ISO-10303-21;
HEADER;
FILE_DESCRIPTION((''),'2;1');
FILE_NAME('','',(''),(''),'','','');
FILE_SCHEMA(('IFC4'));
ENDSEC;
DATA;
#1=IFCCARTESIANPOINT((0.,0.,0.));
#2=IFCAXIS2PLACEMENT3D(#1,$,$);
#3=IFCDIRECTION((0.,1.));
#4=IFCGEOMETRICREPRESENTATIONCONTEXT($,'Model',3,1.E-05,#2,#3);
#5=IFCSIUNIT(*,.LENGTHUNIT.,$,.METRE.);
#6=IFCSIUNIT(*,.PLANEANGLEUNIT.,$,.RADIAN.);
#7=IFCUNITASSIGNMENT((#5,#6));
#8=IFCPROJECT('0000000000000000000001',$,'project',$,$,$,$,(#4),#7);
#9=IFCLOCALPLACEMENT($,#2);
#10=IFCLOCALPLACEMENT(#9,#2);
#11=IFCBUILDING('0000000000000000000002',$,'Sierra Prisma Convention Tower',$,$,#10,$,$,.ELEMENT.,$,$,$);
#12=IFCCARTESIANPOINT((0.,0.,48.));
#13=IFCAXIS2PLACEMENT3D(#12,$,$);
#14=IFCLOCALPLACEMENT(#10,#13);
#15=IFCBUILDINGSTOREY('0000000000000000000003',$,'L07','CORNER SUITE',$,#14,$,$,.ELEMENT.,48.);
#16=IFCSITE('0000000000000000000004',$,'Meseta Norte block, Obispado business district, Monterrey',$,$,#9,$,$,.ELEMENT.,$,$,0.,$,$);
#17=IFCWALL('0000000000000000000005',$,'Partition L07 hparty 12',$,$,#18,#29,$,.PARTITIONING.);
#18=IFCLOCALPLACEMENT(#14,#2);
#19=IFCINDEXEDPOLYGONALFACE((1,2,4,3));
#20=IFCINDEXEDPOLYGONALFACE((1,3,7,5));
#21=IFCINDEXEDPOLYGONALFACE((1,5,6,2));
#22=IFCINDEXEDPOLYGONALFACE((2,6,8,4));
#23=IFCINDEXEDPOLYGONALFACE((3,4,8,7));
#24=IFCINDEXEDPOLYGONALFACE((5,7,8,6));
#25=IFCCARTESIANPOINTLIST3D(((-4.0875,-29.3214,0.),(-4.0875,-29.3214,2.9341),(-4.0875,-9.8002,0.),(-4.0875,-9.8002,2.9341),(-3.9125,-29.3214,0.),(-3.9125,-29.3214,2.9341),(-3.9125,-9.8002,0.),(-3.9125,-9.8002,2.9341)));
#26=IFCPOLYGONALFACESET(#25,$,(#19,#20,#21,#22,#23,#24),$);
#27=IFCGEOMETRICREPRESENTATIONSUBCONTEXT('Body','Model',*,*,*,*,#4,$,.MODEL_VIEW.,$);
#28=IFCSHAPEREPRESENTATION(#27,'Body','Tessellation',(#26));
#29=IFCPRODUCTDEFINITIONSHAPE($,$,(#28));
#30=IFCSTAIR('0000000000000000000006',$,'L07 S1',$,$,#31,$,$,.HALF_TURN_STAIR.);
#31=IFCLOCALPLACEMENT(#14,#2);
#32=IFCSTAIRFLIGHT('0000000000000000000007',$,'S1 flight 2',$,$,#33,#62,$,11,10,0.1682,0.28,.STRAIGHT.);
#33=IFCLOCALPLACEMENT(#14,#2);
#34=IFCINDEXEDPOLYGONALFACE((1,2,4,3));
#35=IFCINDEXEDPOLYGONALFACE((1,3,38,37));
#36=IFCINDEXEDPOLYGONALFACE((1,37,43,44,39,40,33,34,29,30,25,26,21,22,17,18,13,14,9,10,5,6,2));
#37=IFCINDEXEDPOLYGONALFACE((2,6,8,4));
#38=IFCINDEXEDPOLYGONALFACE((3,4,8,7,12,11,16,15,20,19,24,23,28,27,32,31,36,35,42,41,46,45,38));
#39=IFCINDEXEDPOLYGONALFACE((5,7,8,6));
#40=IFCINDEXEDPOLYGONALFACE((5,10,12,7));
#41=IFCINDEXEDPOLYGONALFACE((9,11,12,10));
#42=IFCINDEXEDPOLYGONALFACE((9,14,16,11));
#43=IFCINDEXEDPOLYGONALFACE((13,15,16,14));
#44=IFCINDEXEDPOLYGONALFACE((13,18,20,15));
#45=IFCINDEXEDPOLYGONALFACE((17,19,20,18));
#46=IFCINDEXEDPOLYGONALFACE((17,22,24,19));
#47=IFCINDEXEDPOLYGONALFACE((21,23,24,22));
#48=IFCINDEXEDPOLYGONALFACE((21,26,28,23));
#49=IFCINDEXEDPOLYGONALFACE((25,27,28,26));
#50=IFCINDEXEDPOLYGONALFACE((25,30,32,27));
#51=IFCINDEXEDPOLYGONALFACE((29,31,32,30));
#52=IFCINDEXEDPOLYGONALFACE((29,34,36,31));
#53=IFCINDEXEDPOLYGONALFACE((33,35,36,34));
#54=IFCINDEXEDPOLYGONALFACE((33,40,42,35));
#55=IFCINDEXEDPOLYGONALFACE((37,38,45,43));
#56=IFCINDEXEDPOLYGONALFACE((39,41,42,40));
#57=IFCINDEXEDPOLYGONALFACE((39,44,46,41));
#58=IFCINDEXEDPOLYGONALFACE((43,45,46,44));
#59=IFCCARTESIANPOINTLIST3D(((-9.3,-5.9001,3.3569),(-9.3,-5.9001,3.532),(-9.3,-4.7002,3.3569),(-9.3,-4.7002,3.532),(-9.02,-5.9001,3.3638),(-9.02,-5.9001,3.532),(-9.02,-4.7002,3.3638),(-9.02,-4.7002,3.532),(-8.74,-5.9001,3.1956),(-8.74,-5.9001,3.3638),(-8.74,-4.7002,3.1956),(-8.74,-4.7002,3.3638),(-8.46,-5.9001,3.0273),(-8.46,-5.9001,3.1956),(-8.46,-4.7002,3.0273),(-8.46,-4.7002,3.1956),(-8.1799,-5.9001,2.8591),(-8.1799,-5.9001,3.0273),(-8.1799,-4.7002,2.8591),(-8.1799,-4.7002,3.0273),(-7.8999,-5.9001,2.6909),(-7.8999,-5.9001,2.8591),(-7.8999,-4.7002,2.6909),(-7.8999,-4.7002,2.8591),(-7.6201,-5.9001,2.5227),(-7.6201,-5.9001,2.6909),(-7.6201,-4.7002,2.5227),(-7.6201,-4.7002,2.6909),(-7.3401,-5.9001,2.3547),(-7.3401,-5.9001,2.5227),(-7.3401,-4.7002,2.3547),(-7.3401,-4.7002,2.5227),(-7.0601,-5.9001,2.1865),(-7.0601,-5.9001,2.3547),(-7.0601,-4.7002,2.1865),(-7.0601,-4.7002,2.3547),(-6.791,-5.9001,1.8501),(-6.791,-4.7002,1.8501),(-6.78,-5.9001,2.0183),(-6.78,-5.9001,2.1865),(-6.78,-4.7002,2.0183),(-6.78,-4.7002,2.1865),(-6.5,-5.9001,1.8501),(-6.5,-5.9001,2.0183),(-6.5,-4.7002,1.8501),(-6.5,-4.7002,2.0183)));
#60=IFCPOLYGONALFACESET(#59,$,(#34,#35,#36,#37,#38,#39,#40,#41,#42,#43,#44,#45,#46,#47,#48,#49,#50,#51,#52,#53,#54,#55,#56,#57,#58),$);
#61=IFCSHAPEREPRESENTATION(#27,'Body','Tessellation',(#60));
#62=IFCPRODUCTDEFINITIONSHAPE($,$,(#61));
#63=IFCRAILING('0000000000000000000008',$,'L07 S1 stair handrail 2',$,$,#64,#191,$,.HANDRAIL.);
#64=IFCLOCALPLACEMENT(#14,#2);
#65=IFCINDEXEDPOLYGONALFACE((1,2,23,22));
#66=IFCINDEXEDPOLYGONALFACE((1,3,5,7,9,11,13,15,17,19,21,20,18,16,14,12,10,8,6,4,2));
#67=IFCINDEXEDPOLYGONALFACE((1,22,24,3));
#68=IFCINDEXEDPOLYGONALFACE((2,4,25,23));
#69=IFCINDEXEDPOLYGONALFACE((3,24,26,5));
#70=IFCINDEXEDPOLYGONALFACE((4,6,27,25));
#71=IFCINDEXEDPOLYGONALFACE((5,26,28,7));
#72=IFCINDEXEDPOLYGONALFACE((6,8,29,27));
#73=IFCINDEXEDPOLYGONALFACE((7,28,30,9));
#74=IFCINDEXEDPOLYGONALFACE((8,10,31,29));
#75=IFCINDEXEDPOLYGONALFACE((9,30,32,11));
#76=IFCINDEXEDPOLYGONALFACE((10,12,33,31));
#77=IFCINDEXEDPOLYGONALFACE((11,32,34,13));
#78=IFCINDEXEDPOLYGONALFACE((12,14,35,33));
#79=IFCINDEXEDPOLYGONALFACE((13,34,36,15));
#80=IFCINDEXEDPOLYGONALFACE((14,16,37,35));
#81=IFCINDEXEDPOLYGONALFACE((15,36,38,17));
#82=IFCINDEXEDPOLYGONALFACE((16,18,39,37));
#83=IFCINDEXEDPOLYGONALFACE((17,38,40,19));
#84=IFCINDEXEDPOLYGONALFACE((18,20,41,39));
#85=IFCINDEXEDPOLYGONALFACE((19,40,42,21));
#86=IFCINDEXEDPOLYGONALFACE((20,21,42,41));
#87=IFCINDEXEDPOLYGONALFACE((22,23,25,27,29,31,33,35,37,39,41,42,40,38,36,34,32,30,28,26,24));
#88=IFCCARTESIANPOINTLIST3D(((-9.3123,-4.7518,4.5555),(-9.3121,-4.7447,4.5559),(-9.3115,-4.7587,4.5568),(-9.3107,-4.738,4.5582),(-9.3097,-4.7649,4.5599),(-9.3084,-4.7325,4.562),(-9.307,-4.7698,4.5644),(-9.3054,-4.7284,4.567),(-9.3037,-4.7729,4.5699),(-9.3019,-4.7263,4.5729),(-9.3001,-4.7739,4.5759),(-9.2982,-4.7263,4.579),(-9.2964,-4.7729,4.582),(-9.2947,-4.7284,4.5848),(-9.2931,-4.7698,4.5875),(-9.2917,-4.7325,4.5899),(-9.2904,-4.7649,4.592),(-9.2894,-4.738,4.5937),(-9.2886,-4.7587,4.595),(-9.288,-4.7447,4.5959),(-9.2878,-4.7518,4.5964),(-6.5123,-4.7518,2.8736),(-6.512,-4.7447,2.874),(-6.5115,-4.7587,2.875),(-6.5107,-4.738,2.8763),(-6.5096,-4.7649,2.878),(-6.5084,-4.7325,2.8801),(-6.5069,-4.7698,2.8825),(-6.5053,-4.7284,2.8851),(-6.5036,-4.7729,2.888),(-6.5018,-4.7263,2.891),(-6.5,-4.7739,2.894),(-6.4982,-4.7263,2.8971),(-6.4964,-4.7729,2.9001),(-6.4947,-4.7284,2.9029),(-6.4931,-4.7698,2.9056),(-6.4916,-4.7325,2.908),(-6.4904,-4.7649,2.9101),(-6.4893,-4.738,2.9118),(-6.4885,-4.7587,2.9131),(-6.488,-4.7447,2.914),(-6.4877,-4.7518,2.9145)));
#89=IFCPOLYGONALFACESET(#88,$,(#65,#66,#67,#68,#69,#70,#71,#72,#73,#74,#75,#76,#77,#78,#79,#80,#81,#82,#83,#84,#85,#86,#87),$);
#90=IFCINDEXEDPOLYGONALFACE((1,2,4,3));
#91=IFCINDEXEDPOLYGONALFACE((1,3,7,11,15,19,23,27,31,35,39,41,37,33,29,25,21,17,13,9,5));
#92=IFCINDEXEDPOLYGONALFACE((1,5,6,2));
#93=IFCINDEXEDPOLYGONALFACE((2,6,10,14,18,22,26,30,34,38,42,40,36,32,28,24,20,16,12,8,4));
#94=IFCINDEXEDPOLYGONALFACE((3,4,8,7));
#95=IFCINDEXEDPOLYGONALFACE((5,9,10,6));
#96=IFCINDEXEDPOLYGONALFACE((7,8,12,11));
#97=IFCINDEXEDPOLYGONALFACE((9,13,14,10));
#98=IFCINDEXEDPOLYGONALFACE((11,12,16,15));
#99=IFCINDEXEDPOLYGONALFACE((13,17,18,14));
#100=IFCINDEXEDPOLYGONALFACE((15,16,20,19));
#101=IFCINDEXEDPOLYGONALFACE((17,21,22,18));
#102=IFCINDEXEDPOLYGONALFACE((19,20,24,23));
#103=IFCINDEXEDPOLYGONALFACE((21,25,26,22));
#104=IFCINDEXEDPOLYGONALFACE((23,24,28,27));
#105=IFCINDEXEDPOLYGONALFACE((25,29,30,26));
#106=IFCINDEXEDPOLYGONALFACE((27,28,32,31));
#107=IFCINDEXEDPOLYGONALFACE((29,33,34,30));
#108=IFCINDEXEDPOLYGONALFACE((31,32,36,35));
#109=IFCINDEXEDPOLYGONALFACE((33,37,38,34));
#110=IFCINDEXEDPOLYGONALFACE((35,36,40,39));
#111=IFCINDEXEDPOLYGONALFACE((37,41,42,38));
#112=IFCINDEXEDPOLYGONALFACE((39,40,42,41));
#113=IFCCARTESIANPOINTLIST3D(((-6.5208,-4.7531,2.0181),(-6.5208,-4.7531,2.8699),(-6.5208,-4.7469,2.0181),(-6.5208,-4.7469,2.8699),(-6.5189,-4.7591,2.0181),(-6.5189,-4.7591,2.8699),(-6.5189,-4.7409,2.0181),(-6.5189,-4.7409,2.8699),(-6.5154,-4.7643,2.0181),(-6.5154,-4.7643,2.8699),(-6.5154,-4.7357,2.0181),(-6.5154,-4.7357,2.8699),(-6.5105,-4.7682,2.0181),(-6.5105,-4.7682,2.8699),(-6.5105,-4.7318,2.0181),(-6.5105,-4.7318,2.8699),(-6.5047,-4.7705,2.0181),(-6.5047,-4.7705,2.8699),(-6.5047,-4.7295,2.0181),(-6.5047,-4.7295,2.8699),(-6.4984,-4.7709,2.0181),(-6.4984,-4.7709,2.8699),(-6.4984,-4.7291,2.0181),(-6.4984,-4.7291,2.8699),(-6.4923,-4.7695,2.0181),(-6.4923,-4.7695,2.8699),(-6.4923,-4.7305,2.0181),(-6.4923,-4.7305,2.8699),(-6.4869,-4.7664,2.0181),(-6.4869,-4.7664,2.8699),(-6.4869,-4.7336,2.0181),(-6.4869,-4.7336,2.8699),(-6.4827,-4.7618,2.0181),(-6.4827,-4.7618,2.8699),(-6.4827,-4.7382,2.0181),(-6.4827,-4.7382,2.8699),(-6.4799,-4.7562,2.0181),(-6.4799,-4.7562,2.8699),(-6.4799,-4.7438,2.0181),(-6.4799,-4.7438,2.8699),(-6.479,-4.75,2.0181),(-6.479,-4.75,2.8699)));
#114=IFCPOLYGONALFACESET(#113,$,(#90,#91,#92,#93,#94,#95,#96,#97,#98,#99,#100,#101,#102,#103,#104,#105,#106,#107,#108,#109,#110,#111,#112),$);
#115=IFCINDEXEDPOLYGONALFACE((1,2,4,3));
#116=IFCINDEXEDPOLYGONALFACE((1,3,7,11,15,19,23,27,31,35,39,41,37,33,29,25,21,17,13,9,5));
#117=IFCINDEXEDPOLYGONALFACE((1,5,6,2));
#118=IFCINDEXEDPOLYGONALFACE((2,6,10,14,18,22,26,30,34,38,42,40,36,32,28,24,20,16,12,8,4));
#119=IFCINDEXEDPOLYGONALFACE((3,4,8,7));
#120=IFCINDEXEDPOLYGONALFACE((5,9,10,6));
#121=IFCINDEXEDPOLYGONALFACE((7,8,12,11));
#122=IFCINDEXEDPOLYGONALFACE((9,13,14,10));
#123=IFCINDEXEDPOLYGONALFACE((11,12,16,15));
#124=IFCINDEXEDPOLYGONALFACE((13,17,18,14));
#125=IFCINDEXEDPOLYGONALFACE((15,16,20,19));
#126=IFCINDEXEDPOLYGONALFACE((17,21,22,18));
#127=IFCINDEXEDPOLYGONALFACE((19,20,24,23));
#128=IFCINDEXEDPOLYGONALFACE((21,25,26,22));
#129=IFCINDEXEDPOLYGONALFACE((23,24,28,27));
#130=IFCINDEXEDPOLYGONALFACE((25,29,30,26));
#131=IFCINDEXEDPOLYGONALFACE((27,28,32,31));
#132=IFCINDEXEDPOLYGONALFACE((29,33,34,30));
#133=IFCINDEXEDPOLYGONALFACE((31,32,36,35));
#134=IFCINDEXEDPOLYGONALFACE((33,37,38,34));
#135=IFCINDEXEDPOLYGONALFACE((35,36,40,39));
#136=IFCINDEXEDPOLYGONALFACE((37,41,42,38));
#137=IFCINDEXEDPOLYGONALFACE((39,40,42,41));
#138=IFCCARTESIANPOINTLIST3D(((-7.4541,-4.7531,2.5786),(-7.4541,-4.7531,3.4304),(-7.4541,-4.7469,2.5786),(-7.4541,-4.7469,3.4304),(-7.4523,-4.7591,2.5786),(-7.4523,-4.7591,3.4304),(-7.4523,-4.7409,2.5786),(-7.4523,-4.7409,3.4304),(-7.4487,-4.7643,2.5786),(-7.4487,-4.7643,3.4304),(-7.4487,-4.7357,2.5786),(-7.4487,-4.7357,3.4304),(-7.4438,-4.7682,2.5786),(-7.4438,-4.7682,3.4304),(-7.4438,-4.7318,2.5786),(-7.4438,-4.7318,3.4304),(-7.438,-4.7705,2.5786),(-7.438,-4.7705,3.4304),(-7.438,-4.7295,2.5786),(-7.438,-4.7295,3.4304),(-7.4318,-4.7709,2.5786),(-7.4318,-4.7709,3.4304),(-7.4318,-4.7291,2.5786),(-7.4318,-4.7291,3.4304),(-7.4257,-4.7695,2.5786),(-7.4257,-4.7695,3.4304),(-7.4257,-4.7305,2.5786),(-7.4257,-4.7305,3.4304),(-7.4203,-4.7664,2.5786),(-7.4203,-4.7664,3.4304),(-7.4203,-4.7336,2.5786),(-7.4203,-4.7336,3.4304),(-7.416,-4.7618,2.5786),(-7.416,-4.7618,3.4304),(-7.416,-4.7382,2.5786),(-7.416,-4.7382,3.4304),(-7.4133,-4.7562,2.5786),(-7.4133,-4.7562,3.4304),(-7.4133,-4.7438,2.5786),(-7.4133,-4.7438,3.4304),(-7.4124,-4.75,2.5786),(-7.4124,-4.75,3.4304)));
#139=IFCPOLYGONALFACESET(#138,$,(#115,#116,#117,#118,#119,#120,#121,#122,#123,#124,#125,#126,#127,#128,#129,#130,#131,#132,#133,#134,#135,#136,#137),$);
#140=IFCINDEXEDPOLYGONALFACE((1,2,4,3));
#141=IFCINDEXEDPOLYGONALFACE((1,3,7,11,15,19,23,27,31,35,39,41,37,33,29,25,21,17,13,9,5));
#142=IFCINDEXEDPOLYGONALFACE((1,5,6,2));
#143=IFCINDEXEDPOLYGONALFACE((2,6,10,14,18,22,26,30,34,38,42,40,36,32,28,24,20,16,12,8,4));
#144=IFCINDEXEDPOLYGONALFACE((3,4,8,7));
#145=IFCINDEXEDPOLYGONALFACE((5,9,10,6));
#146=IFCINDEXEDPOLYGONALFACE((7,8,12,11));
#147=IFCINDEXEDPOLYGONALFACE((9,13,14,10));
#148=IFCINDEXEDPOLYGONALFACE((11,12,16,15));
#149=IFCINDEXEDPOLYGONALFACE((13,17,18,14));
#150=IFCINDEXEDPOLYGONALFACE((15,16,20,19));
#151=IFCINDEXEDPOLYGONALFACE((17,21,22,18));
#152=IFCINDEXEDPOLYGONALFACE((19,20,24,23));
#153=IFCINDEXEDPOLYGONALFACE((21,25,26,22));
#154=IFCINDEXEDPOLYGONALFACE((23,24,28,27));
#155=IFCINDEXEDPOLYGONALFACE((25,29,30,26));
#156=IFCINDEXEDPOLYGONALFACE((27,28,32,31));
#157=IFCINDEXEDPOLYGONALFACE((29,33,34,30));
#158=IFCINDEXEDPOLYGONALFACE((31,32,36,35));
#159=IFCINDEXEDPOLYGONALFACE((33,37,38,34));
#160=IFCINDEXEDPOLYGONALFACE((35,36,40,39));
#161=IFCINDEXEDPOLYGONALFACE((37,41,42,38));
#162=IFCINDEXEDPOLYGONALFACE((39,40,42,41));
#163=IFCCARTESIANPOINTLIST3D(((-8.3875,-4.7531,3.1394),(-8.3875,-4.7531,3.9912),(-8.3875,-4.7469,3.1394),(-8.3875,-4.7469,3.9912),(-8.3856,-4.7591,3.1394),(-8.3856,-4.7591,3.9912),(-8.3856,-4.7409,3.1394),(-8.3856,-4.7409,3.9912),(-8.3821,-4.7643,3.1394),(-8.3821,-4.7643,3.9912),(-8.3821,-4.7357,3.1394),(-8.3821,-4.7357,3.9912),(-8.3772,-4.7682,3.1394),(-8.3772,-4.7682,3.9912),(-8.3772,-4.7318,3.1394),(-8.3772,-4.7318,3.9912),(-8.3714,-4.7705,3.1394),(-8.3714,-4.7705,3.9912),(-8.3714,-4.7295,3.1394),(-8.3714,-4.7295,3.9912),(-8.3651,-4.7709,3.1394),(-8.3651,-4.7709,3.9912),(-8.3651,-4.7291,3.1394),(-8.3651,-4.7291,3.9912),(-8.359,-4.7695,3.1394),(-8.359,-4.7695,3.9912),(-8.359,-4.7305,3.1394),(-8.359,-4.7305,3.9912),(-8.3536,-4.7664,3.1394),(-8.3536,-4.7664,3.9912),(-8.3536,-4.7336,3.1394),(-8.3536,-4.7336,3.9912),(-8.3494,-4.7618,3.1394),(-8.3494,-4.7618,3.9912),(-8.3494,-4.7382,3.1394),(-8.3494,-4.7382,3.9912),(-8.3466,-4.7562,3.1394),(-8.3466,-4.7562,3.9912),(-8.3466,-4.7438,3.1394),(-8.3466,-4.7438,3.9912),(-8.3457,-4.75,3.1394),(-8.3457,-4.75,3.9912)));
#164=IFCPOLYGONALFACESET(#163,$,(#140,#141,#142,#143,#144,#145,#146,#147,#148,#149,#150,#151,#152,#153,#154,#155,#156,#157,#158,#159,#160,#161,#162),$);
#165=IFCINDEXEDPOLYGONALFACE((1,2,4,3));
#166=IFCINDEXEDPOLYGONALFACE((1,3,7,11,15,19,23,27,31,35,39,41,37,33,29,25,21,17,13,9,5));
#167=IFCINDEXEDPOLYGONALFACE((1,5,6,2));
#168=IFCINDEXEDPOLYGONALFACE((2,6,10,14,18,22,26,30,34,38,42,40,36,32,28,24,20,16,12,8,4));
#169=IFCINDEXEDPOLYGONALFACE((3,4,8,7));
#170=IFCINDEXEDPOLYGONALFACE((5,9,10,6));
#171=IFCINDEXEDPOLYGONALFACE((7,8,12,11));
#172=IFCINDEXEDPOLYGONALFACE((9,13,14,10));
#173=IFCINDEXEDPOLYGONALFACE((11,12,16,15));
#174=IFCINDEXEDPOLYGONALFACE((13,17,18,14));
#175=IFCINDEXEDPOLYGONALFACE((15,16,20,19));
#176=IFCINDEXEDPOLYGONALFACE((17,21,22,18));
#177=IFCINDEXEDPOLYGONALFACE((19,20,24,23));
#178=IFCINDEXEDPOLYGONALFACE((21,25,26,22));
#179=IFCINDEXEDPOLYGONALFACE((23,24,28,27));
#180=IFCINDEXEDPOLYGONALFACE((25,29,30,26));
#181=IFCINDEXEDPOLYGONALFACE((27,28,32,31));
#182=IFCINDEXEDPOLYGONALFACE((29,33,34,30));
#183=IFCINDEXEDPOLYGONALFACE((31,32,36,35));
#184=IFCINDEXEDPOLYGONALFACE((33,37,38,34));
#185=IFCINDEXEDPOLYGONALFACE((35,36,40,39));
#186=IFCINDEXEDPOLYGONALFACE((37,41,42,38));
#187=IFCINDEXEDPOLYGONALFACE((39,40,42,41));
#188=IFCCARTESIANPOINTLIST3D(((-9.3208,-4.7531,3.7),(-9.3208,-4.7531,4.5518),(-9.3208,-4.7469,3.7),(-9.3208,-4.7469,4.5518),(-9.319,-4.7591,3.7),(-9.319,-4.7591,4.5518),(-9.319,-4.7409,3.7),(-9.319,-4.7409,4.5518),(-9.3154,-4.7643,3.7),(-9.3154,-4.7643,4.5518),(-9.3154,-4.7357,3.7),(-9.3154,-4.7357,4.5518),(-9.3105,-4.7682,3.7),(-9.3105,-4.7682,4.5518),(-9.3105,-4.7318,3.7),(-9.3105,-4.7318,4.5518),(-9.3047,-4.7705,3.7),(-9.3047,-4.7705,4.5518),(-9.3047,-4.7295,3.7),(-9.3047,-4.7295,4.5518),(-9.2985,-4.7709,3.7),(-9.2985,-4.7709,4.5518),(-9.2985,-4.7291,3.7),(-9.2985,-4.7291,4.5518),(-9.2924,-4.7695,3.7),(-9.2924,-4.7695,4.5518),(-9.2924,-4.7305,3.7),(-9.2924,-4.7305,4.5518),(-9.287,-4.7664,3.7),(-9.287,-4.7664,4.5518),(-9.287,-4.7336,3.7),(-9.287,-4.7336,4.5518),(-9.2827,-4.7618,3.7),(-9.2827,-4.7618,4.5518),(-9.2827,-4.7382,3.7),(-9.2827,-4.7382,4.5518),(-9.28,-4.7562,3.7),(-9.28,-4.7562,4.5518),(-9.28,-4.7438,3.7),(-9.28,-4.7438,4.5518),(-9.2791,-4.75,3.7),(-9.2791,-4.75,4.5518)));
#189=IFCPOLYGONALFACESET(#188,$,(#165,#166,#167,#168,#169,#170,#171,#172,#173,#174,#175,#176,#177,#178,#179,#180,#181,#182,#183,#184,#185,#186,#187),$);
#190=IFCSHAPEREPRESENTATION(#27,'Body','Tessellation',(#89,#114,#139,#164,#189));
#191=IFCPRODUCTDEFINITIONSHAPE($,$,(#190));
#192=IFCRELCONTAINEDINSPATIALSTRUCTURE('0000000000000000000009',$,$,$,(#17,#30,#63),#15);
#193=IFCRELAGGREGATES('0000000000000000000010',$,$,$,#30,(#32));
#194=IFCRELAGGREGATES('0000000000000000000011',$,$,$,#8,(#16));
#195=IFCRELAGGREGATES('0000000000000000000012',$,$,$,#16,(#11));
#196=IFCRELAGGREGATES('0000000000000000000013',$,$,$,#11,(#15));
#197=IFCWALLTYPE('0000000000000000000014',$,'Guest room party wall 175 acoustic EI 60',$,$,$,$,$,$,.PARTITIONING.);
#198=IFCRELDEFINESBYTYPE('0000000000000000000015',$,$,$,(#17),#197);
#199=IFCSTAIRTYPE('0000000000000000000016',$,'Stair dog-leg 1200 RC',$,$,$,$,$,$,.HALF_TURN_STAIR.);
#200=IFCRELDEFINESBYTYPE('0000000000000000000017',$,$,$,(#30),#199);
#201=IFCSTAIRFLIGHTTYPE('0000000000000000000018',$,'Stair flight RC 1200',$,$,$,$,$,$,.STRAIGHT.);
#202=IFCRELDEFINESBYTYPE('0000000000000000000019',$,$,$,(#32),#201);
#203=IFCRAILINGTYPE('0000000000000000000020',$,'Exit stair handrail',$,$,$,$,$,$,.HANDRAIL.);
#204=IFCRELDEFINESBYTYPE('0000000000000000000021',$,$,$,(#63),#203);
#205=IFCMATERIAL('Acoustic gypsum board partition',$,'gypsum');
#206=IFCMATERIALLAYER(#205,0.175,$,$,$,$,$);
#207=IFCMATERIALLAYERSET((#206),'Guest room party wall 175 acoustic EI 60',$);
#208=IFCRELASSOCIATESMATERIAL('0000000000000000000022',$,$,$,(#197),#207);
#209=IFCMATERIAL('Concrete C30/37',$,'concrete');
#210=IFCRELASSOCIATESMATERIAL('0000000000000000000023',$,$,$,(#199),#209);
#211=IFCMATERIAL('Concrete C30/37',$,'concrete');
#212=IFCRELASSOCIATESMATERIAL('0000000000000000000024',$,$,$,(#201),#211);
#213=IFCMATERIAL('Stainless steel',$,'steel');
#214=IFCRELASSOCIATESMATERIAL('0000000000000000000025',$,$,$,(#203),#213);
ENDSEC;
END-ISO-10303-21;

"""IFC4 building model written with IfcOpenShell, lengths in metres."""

from ifc_helpers import new_model, si_unit, direction, frame, frame_2d, origin, origin_2d, place, context, subcontext, project, spatial, polyline, rectangle, circle, outline, extrude, material, layer, layer_set, type_object, element, aggregate, save


model = new_model("IFC4")

# Units and contexts
model_context = context("Model", 3, precision=1e-05, world=origin(), true_north=direction((0.0, 1.0)))
body_context = subcontext(model_context, "Body", "Model", "MODEL_VIEW")
ifc_project = project(units=[si_unit("LENGTHUNIT", "METRE"), si_unit("PLANEANGLEUNIT", "RADIAN")], contexts=[model_context])

# Site, building, storey
site_placement = place(None, origin())
site = spatial("IfcSite", under=ifc_project, at=site_placement, Name="Meseta Norte block, Obispado business district, Monterrey", CompositionType="ELEMENT", RefElevation=0.0)
building_placement = place(site_placement, origin())
building = spatial("IfcBuilding", under=site, at=building_placement, Name="Sierra Prisma Convention Tower", CompositionType="ELEMENT")
storey_placement = place(building_placement, frame((0.0, 0.0, 48.0)))
storey = spatial("IfcBuildingStorey", under=building, at=storey_placement, Name="L07", Description="CORNER SUITE", CompositionType="ELEMENT", Elevation=48.0)

# Wall
ifc_material_1 = material(Name="Acoustic gypsum board partition", Category="gypsum")
ifc_layer_1 = layer(ifc_material_1, 0.175)
ifc_layer_set_1 = layer_set([ifc_layer_1], Name="Guest room party wall 175 acoustic EI 60")
wall_type_1 = type_object("IfcWallType", Name="Guest room party wall 175 acoustic EI 60", PredefinedType="PARTITIONING", material=ifc_layer_set_1)
wall_1_placement = place(storey_placement, frame((-4.0, -9.8, 0.0), z_axis=(0.0, 0.0, 1.0), x_axis=(0.0, -1.0, 0.0)))
element("IfcWall", 1, at=wall_1_placement, inside=storey, type_object=wall_type_1, Name="Partition L07 hparty 12", PredefinedType="PARTITIONING", context=body_context, shape_type="SweptSolid", body=[
    extrude(rectangle(XDim=19.5212, YDim=0.175, at=frame_2d((9.7607, 0.0))), origin(), (0.0, 0.0, 1.0), 2.9341),
])

# Stair, stair flight
ifc_material_2 = material(Name="Concrete C30/37", Category="concrete")
stair_type = type_object("IfcStairType", Name="Stair dog-leg 1200 RC", PredefinedType="HALF_TURN_STAIR", material=ifc_material_2)
stair_placement = place(storey_placement, origin())
stair = element("IfcStair", 2, at=stair_placement, inside=storey, type_object=stair_type, Name="L07 S1", PredefinedType="HALF_TURN_STAIR")
ifc_material_3 = material(Name="Concrete C30/37", Category="concrete")
stair_flight_type = type_object("IfcStairFlightType", Name="Stair flight RC 1200", PredefinedType="STRAIGHT", material=ifc_material_3)
stair_flight_placement = place(storey_placement, frame((-6.5, -5.3, 1.8501), z_axis=(0.0, 0.0, 1.0), x_axis=(-1.0, 0.0, 0.0)))
stair_flight = element("IfcStairFlight", 3, at=stair_flight_placement, type_object=stair_flight_type, Name="S1 flight 2", NumberOfRisers=11, NumberOfTreads=10, PredefinedType="STRAIGHT", RiserHeight=0.1682, TreadLength=0.28, context=body_context, shape_type="SweptSolid", body=[
    extrude(outline(polyline([(0.0, 0.0), (0.0, 0.1682), (0.28, 0.1682), (0.28, 0.3364), (0.5601, 0.3364), (0.5601, 0.5046), (0.8401, 0.5046), (0.8401, 0.6726), (1.1201, 0.6726), (1.1201, 0.8408), (1.3999, 0.8408), (1.3999, 1.009), (1.6799, 1.009), (1.6799, 1.1772), (1.96, 1.1772), (1.96, 1.3455), (2.24, 1.3455), (2.24, 1.5137), (2.52, 1.5137), (2.52, 1.6819), (2.8, 1.6819), (2.8, 1.8501), (2.8, 1.5068), (0.291, 0.0), (0.0, 0.0)])), frame((0.0, 0.6001, 0.0), z_axis=(0.0, -1.0, 0.0), x_axis=(1.0, 0.0, 0.0)), (0.0, 0.0, 1.0), 1.2),
])
aggregate(stair, [stair_flight])

# Railing
ifc_material_4 = material(Name="Stainless steel", Category="steel")
railing_type_1 = type_object("IfcRailingType", Name="Exit stair handrail", PredefinedType="HANDRAIL", material=ifc_material_4)
railing_1_placement = place(storey_placement, frame((-6.5, -4.75, 2.0181)))
element("IfcRailing", 4, at=railing_1_placement, inside=storey, type_object=railing_type_1, Name="L07 S1 stair handrail 2", PredefinedType="HANDRAIL", context=body_context, shape_type="SweptSolid", body=[
    extrude(circle(Radius=0.0239, at=origin_2d()), frame((0.0, 0.0, 0.876), z_axis=(-0.857242, 0.0, 0.514913), x_axis=(0.0, -1.0, 0.0)), (0.0, 0.0, 1.0), 3.2664),
    extrude(circle(Radius=0.021, at=origin_2d()), origin(), (0.0, 0.0, 1.0), 0.8518),
    extrude(circle(Radius=0.021, at=origin_2d()), frame((-0.9333, 0.0, 0.5605)), (0.0, 0.0, 1.0), 0.8518),
    extrude(circle(Radius=0.021, at=origin_2d()), frame((-1.8667, 0.0, 1.1213)), (0.0, 0.0, 1.0), 0.8518),
    extrude(circle(Radius=0.021, at=origin_2d()), frame((-2.8, 0.0, 1.6819)), (0.0, 0.0, 1.0), 0.8518),
])

save(model, "model.ifc")
